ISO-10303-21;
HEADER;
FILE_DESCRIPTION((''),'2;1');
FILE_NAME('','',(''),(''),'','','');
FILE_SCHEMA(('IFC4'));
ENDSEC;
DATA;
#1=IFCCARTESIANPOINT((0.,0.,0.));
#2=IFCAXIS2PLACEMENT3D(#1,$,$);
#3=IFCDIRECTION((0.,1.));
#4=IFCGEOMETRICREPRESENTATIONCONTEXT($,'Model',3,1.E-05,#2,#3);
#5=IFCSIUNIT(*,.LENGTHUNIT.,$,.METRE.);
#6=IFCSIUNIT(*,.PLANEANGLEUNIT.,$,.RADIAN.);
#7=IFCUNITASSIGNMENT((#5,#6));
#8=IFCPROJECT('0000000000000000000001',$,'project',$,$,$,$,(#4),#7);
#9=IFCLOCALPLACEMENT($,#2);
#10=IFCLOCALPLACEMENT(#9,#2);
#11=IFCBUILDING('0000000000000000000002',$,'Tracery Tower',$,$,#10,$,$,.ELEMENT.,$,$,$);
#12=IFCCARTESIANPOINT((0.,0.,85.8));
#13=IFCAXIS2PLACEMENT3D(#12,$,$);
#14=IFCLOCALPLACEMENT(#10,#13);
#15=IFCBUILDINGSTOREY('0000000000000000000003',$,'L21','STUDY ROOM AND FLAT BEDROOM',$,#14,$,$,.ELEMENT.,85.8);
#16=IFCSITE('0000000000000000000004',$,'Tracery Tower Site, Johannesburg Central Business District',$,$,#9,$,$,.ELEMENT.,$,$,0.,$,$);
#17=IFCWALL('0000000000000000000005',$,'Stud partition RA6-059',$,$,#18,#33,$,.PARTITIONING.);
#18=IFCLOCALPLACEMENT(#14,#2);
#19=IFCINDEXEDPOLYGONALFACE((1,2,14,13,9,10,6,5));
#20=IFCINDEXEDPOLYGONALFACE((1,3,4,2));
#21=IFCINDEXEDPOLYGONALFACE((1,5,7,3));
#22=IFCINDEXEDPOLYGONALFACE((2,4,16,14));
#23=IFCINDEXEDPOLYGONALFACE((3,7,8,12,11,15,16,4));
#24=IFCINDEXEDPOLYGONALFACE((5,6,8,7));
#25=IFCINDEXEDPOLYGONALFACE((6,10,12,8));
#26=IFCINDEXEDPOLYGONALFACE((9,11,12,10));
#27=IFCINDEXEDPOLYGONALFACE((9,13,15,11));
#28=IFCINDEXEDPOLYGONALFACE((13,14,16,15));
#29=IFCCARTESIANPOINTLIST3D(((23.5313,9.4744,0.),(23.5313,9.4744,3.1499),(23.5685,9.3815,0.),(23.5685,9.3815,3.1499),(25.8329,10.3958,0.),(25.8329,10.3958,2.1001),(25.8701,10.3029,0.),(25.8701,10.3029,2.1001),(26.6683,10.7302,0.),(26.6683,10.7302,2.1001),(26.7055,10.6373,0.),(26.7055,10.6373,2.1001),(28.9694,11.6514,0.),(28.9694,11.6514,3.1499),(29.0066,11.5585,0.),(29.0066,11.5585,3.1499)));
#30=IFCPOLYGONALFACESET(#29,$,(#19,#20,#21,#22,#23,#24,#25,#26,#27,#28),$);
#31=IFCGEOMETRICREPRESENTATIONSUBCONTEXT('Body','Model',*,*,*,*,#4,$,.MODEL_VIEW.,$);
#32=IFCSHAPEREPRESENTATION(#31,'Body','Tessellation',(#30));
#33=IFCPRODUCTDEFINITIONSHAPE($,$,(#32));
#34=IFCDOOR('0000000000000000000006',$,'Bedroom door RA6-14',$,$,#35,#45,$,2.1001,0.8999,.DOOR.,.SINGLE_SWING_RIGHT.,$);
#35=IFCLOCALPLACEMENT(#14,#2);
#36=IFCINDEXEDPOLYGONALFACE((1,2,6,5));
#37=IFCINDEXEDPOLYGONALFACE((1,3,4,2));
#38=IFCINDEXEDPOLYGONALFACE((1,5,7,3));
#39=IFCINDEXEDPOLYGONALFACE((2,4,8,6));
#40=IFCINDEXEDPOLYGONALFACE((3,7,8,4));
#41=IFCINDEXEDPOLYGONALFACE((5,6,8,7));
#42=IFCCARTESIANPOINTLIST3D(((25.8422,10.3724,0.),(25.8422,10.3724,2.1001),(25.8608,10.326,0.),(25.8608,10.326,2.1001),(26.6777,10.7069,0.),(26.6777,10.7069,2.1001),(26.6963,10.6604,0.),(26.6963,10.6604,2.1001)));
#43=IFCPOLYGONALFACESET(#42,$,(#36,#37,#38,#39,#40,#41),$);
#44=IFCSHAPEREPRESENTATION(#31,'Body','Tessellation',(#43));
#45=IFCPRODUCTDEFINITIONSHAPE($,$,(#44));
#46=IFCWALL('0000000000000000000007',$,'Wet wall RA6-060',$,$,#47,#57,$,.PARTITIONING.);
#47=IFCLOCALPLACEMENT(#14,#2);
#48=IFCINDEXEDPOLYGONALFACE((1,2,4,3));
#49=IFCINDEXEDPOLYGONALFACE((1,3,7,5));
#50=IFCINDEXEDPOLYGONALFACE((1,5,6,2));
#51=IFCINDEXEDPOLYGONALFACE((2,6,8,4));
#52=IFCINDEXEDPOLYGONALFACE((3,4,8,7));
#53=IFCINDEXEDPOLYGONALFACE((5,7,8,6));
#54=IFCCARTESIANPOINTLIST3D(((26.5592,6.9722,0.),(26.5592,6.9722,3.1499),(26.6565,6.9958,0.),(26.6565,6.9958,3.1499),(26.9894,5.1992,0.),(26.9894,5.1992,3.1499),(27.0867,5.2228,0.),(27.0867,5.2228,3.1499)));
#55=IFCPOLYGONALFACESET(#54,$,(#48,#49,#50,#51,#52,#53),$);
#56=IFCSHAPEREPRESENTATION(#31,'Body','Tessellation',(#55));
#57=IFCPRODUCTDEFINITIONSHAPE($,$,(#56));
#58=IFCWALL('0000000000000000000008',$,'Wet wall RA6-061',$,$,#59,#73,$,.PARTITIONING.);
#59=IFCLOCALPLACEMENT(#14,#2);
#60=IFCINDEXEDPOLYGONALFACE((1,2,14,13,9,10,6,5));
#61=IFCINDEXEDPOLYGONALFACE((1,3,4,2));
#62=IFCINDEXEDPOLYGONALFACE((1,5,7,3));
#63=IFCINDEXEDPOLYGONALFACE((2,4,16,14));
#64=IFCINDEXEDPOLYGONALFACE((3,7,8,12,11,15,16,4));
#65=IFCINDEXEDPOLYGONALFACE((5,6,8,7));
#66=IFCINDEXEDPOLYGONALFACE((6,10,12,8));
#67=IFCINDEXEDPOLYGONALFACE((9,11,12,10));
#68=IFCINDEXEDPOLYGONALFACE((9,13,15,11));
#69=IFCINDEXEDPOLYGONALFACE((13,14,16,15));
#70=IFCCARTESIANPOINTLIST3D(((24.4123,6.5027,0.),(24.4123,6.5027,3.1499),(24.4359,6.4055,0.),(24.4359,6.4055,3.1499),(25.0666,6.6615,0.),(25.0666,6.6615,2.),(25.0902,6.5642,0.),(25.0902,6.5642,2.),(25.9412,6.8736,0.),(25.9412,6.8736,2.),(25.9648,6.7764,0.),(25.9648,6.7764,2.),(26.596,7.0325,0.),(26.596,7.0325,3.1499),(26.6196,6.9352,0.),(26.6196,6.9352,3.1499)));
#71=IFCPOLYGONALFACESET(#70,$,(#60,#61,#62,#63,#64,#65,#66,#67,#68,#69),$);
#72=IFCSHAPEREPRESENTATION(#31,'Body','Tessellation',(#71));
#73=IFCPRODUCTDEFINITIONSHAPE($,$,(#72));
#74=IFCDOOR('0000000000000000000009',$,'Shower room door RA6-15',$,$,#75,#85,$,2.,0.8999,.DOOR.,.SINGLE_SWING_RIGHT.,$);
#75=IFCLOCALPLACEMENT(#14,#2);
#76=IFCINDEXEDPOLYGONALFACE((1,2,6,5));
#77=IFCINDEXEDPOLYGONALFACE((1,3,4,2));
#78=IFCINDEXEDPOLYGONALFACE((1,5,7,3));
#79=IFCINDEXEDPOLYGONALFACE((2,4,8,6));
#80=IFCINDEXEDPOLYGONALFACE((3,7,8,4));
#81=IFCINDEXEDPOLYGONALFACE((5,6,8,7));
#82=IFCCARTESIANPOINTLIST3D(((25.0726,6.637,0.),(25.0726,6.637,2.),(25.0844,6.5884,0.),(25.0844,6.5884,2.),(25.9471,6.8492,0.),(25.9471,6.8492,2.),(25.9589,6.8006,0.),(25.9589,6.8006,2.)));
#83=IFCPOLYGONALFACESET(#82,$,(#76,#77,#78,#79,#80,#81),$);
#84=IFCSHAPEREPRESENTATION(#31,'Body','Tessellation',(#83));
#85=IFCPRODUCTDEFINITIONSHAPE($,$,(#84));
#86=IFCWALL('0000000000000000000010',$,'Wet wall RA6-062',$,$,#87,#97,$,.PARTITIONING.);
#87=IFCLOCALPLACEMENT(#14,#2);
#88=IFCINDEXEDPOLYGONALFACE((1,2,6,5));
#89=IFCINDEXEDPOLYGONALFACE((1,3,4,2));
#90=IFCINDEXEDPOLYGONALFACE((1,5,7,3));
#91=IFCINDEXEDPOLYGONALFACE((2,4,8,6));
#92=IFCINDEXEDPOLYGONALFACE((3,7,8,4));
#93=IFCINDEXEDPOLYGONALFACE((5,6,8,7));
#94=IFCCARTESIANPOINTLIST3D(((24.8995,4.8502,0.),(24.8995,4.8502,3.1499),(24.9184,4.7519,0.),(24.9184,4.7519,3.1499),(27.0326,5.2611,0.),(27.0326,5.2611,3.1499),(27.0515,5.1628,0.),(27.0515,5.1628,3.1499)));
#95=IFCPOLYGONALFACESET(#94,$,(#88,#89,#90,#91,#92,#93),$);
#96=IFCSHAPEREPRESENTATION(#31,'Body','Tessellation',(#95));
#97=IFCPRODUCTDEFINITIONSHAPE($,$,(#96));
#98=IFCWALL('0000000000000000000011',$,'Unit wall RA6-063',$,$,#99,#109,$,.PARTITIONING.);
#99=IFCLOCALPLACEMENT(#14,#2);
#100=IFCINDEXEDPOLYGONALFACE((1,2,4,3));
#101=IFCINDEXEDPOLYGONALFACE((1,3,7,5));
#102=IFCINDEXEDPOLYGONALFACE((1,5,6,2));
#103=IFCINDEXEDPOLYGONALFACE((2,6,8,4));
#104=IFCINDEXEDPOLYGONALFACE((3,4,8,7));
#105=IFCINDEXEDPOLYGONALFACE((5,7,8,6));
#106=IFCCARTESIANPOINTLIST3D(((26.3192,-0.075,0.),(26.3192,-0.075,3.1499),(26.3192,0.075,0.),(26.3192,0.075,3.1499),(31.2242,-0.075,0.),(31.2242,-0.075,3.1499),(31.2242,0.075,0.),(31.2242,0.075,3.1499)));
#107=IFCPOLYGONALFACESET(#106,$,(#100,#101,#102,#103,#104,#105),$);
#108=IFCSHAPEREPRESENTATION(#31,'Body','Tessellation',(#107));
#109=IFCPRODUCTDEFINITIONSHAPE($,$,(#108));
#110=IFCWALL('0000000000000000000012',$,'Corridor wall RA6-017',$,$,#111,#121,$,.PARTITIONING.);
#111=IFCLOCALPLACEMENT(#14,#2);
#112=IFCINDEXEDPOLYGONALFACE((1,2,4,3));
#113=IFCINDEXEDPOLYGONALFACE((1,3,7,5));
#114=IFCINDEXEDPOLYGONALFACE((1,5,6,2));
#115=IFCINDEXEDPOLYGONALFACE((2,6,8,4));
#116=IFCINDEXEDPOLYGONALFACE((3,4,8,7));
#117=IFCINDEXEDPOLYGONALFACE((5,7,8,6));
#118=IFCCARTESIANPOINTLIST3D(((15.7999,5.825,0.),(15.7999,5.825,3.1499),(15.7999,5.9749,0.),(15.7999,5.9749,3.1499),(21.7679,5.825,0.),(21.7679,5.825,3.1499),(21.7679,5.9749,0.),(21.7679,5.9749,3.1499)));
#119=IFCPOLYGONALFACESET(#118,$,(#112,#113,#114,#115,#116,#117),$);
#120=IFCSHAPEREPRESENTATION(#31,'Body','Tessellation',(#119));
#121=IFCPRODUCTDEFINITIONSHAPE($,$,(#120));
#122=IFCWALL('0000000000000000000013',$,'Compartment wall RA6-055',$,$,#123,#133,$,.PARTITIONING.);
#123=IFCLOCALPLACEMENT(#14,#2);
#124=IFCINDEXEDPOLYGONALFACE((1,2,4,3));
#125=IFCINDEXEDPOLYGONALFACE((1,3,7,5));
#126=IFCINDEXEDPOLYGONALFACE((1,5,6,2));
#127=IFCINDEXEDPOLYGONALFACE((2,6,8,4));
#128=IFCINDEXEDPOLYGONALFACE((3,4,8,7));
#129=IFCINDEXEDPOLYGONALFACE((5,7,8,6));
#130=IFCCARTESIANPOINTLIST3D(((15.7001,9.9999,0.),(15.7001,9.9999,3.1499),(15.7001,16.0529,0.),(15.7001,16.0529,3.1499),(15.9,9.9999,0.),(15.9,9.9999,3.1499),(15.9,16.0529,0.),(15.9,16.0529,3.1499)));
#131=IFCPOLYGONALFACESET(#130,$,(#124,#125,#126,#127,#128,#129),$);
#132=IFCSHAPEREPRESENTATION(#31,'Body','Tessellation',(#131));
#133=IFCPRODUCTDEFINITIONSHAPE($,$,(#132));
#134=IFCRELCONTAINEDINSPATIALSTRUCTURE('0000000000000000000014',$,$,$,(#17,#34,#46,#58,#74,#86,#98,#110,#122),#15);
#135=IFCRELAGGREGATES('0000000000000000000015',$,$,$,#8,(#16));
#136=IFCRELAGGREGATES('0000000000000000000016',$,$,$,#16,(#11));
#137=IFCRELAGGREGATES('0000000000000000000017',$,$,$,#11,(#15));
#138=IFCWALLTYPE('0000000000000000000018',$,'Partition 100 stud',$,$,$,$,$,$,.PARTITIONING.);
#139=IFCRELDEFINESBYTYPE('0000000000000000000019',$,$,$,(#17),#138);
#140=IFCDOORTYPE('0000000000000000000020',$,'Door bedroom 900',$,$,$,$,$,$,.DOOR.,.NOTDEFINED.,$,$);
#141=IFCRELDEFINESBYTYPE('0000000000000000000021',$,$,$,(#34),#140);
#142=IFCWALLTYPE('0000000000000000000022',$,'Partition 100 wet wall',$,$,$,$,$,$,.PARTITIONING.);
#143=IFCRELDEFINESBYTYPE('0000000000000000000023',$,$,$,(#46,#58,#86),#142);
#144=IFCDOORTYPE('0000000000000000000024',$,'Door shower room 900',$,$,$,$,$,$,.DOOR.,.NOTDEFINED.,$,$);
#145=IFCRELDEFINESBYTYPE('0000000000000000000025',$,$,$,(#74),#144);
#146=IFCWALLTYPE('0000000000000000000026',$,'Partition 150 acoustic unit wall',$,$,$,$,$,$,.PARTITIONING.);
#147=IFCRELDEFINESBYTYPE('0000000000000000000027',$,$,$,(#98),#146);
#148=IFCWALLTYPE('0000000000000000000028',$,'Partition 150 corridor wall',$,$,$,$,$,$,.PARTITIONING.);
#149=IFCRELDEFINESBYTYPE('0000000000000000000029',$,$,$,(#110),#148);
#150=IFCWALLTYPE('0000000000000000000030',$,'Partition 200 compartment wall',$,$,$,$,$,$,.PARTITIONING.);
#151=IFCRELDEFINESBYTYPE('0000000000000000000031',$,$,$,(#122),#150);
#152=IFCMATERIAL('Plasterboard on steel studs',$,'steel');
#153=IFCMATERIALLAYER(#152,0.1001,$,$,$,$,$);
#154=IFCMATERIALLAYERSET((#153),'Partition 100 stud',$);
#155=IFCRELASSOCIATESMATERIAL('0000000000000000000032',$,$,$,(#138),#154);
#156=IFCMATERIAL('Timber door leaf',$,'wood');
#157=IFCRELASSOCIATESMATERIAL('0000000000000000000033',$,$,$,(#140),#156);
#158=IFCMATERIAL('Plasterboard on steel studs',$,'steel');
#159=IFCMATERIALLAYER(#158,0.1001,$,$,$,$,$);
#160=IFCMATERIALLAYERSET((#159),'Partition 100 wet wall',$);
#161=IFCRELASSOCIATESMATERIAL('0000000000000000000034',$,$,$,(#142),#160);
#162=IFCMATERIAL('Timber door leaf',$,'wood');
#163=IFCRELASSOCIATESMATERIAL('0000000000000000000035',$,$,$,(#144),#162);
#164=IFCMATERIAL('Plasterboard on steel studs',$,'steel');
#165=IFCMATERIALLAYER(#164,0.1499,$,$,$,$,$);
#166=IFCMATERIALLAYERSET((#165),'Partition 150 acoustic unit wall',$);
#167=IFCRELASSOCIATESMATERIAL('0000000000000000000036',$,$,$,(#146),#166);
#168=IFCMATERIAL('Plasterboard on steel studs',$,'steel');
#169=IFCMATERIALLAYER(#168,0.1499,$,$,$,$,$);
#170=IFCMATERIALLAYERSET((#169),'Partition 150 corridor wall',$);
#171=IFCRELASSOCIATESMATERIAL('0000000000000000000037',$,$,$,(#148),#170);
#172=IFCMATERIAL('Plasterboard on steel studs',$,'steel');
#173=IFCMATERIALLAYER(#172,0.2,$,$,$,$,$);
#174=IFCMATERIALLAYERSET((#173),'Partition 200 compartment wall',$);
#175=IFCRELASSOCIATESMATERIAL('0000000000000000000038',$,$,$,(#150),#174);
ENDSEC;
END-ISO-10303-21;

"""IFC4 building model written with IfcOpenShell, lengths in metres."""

from ifc_helpers import new_model, si_unit, direction, frame, frame_2d, origin, place, context, subcontext, project, spatial, rectangle, extrude, material, layer, layer_set, type_object, element, fill, save


model = new_model("IFC4")

# Units and contexts
model_context = context("Model", 3, precision=1e-05, world=origin(), true_north=direction((0.0, 1.0)))
body_context = subcontext(model_context, "Body", "Model", "MODEL_VIEW")
ifc_project = project(units=[si_unit("LENGTHUNIT", "METRE"), si_unit("PLANEANGLEUNIT", "RADIAN")], contexts=[model_context])

# Site, building, storey
site_placement = place(None, origin())
site = spatial("IfcSite", under=ifc_project, at=site_placement, Name="Tracery Tower Site, Johannesburg Central Business District", CompositionType="ELEMENT", RefElevation=0.0)
building_placement = place(site_placement, origin())
building = spatial("IfcBuilding", under=site, at=building_placement, Name="Tracery Tower", CompositionType="ELEMENT")
storey_placement = place(building_placement, frame((0.0, 0.0, 85.8)))
storey = spatial("IfcBuildingStorey", under=building, at=storey_placement, Name="L21", Description="STUDY ROOM AND FLAT BEDROOM", CompositionType="ELEMENT", Elevation=85.8)

# Wall, opening, door
ifc_material_1 = material(Name="Plasterboard on steel studs", Category="steel")
ifc_layer_1 = layer(ifc_material_1, 0.1001)
ifc_layer_set_1 = layer_set([ifc_layer_1], Name="Partition 100 stud")
wall_type_1 = type_object("IfcWallType", Name="Partition 100 stud", PredefinedType="PARTITIONING", material=ifc_layer_set_1)
ifc_material_2 = material(Name="Timber door leaf", Category="wood")
door_type_1 = type_object("IfcDoorType", Name="Door bedroom 900", OperationType="NOTDEFINED", PredefinedType="DOOR", material=ifc_material_2)
wall_1_placement = place(storey_placement, frame((23.55, 9.428, 0.0), z_axis=(0.0, 0.0, 1.0), x_axis=(0.92837, 0.371657, 0.0)))
wall_1 = element("IfcWall", 1, at=wall_1_placement, inside=storey, type_object=wall_type_1, Name="Stud partition RA6-059", PredefinedType="PARTITIONING", context=body_context, shape_type="SweptSolid", body=[
    extrude(rectangle(XDim=5.8577, YDim=0.1001, at=frame_2d((2.9287, 0.0))), origin(), (0.0, 0.0, 1.0), 3.1499),
])
opening_1_placement = place(wall_1_placement, frame((2.479, 0.0, 0.0)))
opening_1 = element("IfcOpeningElement", 2, at=opening_1_placement, cuts=wall_1, PredefinedType="OPENING", context=body_context, shape_type="SweptSolid", body=[
    extrude(rectangle(XDim=0.8999, YDim=2.1001, at=frame_2d((0.45, 1.05))), frame((0.0, 0.05, 0.0), z_axis=(0.0, -1.0, 0.0), x_axis=(1.0, 0.0, 0.0)), (0.0, 0.0, 1.0), 0.1001),
])
door_1_placement = place(opening_1_placement, origin())
door_1 = element("IfcDoor", 3, at=door_1_placement, inside=storey, type_object=door_type_1, Name="Bedroom door RA6-14", OperationType="SINGLE_SWING_RIGHT", OverallHeight=2.1001, OverallWidth=0.8999, PredefinedType="DOOR", context=body_context, shape_type="SweptSolid", body=[
    extrude(rectangle(XDim=0.8999, YDim=2.1001, at=frame_2d((0.45, 1.05))), frame((0.0, 0.0249, 0.0), z_axis=(0.0, -1.0, 0.0), x_axis=(1.0, 0.0, 0.0)), (0.0, 0.0, 1.0), 0.05),
])
fill(opening_1, door_1)

# Wall
ifc_material_3 = material(Name="Plasterboard on steel studs", Category="steel")
ifc_layer_2 = layer(ifc_material_3, 0.1001)
ifc_layer_set_2 = layer_set([ifc_layer_2], Name="Partition 100 wet wall")
wall_type_2 = type_object("IfcWallType", Name="Partition 100 wet wall", PredefinedType="PARTITIONING", material=ifc_layer_set_2)
wall_2_placement = place(storey_placement, frame((26.6079, 6.9839, 0.0), z_axis=(0.0, 0.0, 1.0), x_axis=(0.235792, -0.971804, 0.0)))
element("IfcWall", 4, at=wall_2_placement, inside=storey, type_object=wall_type_2, Name="Wet wall RA6-060", PredefinedType="PARTITIONING", context=body_context, shape_type="SweptSolid", body=[
    extrude(rectangle(XDim=1.8245, YDim=0.1001, at=frame_2d((0.9121, 0.0))), origin(), (0.0, 0.0, 1.0), 3.1499),
])

# Wall, opening, door
wall_3_placement = place(storey_placement, frame((24.4241, 6.4541, 0.0), z_axis=(0.0, 0.0, 1.0), x_axis=(0.971812, 0.235755, 0.0)))
wall_3 = element("IfcWall", 5, at=wall_3_placement, inside=storey, type_object=wall_type_2, Name="Wet wall RA6-061", PredefinedType="PARTITIONING", context=body_context, shape_type="SweptSolid", body=[
    extrude(rectangle(XDim=2.2471, YDim=0.1001, at=frame_2d((1.1235, 0.0))), origin(), (0.0, 0.0, 1.0), 3.1499),
])
opening_2_placement = place(wall_3_placement, frame((0.6733, 0.0, 0.0)))
opening_2 = element("IfcOpeningElement", 6, at=opening_2_placement, cuts=wall_3, PredefinedType="OPENING", context=body_context, shape_type="SweptSolid", body=[
    extrude(rectangle(XDim=0.8999, YDim=2.0, at=frame_2d((0.45, 1.0))), frame((0.0, 0.05, 0.0), z_axis=(0.0, -1.0, 0.0), x_axis=(1.0, 0.0, 0.0)), (0.0, 0.0, 1.0), 0.1001),
])
ifc_material_4 = material(Name="Timber door leaf", Category="wood")
door_type_2 = type_object("IfcDoorType", Name="Door shower room 900", OperationType="NOTDEFINED", PredefinedType="DOOR", material=ifc_material_4)
door_2_placement = place(opening_2_placement, origin())
door_2 = element("IfcDoor", 7, at=door_2_placement, inside=storey, type_object=door_type_2, Name="Shower room door RA6-15", OperationType="SINGLE_SWING_RIGHT", OverallHeight=2.0, OverallWidth=0.8999, PredefinedType="DOOR", context=body_context, shape_type="SweptSolid", body=[
    extrude(rectangle(XDim=0.8999, YDim=2.0, at=frame_2d((0.45, 1.0))), frame((0.0, 0.0249, 0.0), z_axis=(0.0, -1.0, 0.0), x_axis=(1.0, 0.0, 0.0)), (0.0, 0.0, 1.0), 0.05),
])
fill(opening_2, door_2)

# Walls
wall_4_placement = place(storey_placement, frame((24.9089, 4.801, 0.0), z_axis=(0.0, 0.0, 1.0), x_axis=(0.981948, 0.189152, 0.0)))
element("IfcWall", 8, at=wall_4_placement, inside=storey, type_object=wall_type_2, Name="Wet wall RA6-062", PredefinedType="PARTITIONING", context=body_context, shape_type="SweptSolid", body=[
    extrude(rectangle(XDim=2.1724, YDim=0.1001, at=frame_2d((1.0862, 0.0))), origin(), (0.0, 0.0, 1.0), 3.1499),
])
ifc_material_5 = material(Name="Plasterboard on steel studs", Category="steel")
ifc_layer_3 = layer(ifc_material_5, 0.1499)
ifc_layer_set_3 = layer_set([ifc_layer_3], Name="Partition 150 acoustic unit wall")
wall_type_3 = type_object("IfcWallType", Name="Partition 150 acoustic unit wall", PredefinedType="PARTITIONING", material=ifc_layer_set_3)
wall_5_placement = place(storey_placement, frame((26.3191, 0.0, 0.0), z_axis=(0.0, 0.0, 1.0), x_axis=(1.0, 0.0, 0.0)))
element("IfcWall", 9, at=wall_5_placement, inside=storey, type_object=wall_type_3, Name="Unit wall RA6-063", PredefinedType="PARTITIONING", context=body_context, shape_type="SweptSolid", body=[
    extrude(rectangle(XDim=4.905, YDim=0.1499, at=frame_2d((2.4526, 0.0))), origin(), (0.0, 0.0, 1.0), 3.1499),
])
ifc_material_6 = material(Name="Plasterboard on steel studs", Category="steel")
ifc_layer_4 = layer(ifc_material_6, 0.1499)
ifc_layer_set_4 = layer_set([ifc_layer_4], Name="Partition 150 corridor wall")
wall_type_4 = type_object("IfcWallType", Name="Partition 150 corridor wall", PredefinedType="PARTITIONING", material=ifc_layer_set_4)
wall_6_placement = place(storey_placement, frame((15.8, 5.8999, 0.0), z_axis=(0.0, 0.0, 1.0), x_axis=(1.0, 0.0, 0.0)))
element("IfcWall", 10, at=wall_6_placement, inside=storey, type_object=wall_type_4, Name="Corridor wall RA6-017", PredefinedType="PARTITIONING", context=body_context, shape_type="SweptSolid", body=[
    extrude(rectangle(XDim=5.968, YDim=0.1499, at=frame_2d((2.9839, 0.0))), origin(), (0.0, 0.0, 1.0), 3.1499),
])
ifc_material_7 = material(Name="Plasterboard on steel studs", Category="steel")
ifc_layer_5 = layer(ifc_material_7, 0.2)
ifc_layer_set_5 = layer_set([ifc_layer_5], Name="Partition 200 compartment wall")
wall_type_5 = type_object("IfcWallType", Name="Partition 200 compartment wall", PredefinedType="PARTITIONING", material=ifc_layer_set_5)
wall_7_placement = place(storey_placement, frame((15.8, 10.0, 0.0), z_axis=(0.0, 0.0, 1.0), x_axis=(0.0, 1.0, 0.0)))
element("IfcWall", 11, at=wall_7_placement, inside=storey, type_object=wall_type_5, Name="Compartment wall RA6-055", PredefinedType="PARTITIONING", context=body_context, shape_type="SweptSolid", body=[
    extrude(rectangle(XDim=6.053, YDim=0.2, at=frame_2d((3.0264, 0.0))), origin(), (0.0, 0.0, 1.0), 3.1499),
])

save(model, "model.ifc")
